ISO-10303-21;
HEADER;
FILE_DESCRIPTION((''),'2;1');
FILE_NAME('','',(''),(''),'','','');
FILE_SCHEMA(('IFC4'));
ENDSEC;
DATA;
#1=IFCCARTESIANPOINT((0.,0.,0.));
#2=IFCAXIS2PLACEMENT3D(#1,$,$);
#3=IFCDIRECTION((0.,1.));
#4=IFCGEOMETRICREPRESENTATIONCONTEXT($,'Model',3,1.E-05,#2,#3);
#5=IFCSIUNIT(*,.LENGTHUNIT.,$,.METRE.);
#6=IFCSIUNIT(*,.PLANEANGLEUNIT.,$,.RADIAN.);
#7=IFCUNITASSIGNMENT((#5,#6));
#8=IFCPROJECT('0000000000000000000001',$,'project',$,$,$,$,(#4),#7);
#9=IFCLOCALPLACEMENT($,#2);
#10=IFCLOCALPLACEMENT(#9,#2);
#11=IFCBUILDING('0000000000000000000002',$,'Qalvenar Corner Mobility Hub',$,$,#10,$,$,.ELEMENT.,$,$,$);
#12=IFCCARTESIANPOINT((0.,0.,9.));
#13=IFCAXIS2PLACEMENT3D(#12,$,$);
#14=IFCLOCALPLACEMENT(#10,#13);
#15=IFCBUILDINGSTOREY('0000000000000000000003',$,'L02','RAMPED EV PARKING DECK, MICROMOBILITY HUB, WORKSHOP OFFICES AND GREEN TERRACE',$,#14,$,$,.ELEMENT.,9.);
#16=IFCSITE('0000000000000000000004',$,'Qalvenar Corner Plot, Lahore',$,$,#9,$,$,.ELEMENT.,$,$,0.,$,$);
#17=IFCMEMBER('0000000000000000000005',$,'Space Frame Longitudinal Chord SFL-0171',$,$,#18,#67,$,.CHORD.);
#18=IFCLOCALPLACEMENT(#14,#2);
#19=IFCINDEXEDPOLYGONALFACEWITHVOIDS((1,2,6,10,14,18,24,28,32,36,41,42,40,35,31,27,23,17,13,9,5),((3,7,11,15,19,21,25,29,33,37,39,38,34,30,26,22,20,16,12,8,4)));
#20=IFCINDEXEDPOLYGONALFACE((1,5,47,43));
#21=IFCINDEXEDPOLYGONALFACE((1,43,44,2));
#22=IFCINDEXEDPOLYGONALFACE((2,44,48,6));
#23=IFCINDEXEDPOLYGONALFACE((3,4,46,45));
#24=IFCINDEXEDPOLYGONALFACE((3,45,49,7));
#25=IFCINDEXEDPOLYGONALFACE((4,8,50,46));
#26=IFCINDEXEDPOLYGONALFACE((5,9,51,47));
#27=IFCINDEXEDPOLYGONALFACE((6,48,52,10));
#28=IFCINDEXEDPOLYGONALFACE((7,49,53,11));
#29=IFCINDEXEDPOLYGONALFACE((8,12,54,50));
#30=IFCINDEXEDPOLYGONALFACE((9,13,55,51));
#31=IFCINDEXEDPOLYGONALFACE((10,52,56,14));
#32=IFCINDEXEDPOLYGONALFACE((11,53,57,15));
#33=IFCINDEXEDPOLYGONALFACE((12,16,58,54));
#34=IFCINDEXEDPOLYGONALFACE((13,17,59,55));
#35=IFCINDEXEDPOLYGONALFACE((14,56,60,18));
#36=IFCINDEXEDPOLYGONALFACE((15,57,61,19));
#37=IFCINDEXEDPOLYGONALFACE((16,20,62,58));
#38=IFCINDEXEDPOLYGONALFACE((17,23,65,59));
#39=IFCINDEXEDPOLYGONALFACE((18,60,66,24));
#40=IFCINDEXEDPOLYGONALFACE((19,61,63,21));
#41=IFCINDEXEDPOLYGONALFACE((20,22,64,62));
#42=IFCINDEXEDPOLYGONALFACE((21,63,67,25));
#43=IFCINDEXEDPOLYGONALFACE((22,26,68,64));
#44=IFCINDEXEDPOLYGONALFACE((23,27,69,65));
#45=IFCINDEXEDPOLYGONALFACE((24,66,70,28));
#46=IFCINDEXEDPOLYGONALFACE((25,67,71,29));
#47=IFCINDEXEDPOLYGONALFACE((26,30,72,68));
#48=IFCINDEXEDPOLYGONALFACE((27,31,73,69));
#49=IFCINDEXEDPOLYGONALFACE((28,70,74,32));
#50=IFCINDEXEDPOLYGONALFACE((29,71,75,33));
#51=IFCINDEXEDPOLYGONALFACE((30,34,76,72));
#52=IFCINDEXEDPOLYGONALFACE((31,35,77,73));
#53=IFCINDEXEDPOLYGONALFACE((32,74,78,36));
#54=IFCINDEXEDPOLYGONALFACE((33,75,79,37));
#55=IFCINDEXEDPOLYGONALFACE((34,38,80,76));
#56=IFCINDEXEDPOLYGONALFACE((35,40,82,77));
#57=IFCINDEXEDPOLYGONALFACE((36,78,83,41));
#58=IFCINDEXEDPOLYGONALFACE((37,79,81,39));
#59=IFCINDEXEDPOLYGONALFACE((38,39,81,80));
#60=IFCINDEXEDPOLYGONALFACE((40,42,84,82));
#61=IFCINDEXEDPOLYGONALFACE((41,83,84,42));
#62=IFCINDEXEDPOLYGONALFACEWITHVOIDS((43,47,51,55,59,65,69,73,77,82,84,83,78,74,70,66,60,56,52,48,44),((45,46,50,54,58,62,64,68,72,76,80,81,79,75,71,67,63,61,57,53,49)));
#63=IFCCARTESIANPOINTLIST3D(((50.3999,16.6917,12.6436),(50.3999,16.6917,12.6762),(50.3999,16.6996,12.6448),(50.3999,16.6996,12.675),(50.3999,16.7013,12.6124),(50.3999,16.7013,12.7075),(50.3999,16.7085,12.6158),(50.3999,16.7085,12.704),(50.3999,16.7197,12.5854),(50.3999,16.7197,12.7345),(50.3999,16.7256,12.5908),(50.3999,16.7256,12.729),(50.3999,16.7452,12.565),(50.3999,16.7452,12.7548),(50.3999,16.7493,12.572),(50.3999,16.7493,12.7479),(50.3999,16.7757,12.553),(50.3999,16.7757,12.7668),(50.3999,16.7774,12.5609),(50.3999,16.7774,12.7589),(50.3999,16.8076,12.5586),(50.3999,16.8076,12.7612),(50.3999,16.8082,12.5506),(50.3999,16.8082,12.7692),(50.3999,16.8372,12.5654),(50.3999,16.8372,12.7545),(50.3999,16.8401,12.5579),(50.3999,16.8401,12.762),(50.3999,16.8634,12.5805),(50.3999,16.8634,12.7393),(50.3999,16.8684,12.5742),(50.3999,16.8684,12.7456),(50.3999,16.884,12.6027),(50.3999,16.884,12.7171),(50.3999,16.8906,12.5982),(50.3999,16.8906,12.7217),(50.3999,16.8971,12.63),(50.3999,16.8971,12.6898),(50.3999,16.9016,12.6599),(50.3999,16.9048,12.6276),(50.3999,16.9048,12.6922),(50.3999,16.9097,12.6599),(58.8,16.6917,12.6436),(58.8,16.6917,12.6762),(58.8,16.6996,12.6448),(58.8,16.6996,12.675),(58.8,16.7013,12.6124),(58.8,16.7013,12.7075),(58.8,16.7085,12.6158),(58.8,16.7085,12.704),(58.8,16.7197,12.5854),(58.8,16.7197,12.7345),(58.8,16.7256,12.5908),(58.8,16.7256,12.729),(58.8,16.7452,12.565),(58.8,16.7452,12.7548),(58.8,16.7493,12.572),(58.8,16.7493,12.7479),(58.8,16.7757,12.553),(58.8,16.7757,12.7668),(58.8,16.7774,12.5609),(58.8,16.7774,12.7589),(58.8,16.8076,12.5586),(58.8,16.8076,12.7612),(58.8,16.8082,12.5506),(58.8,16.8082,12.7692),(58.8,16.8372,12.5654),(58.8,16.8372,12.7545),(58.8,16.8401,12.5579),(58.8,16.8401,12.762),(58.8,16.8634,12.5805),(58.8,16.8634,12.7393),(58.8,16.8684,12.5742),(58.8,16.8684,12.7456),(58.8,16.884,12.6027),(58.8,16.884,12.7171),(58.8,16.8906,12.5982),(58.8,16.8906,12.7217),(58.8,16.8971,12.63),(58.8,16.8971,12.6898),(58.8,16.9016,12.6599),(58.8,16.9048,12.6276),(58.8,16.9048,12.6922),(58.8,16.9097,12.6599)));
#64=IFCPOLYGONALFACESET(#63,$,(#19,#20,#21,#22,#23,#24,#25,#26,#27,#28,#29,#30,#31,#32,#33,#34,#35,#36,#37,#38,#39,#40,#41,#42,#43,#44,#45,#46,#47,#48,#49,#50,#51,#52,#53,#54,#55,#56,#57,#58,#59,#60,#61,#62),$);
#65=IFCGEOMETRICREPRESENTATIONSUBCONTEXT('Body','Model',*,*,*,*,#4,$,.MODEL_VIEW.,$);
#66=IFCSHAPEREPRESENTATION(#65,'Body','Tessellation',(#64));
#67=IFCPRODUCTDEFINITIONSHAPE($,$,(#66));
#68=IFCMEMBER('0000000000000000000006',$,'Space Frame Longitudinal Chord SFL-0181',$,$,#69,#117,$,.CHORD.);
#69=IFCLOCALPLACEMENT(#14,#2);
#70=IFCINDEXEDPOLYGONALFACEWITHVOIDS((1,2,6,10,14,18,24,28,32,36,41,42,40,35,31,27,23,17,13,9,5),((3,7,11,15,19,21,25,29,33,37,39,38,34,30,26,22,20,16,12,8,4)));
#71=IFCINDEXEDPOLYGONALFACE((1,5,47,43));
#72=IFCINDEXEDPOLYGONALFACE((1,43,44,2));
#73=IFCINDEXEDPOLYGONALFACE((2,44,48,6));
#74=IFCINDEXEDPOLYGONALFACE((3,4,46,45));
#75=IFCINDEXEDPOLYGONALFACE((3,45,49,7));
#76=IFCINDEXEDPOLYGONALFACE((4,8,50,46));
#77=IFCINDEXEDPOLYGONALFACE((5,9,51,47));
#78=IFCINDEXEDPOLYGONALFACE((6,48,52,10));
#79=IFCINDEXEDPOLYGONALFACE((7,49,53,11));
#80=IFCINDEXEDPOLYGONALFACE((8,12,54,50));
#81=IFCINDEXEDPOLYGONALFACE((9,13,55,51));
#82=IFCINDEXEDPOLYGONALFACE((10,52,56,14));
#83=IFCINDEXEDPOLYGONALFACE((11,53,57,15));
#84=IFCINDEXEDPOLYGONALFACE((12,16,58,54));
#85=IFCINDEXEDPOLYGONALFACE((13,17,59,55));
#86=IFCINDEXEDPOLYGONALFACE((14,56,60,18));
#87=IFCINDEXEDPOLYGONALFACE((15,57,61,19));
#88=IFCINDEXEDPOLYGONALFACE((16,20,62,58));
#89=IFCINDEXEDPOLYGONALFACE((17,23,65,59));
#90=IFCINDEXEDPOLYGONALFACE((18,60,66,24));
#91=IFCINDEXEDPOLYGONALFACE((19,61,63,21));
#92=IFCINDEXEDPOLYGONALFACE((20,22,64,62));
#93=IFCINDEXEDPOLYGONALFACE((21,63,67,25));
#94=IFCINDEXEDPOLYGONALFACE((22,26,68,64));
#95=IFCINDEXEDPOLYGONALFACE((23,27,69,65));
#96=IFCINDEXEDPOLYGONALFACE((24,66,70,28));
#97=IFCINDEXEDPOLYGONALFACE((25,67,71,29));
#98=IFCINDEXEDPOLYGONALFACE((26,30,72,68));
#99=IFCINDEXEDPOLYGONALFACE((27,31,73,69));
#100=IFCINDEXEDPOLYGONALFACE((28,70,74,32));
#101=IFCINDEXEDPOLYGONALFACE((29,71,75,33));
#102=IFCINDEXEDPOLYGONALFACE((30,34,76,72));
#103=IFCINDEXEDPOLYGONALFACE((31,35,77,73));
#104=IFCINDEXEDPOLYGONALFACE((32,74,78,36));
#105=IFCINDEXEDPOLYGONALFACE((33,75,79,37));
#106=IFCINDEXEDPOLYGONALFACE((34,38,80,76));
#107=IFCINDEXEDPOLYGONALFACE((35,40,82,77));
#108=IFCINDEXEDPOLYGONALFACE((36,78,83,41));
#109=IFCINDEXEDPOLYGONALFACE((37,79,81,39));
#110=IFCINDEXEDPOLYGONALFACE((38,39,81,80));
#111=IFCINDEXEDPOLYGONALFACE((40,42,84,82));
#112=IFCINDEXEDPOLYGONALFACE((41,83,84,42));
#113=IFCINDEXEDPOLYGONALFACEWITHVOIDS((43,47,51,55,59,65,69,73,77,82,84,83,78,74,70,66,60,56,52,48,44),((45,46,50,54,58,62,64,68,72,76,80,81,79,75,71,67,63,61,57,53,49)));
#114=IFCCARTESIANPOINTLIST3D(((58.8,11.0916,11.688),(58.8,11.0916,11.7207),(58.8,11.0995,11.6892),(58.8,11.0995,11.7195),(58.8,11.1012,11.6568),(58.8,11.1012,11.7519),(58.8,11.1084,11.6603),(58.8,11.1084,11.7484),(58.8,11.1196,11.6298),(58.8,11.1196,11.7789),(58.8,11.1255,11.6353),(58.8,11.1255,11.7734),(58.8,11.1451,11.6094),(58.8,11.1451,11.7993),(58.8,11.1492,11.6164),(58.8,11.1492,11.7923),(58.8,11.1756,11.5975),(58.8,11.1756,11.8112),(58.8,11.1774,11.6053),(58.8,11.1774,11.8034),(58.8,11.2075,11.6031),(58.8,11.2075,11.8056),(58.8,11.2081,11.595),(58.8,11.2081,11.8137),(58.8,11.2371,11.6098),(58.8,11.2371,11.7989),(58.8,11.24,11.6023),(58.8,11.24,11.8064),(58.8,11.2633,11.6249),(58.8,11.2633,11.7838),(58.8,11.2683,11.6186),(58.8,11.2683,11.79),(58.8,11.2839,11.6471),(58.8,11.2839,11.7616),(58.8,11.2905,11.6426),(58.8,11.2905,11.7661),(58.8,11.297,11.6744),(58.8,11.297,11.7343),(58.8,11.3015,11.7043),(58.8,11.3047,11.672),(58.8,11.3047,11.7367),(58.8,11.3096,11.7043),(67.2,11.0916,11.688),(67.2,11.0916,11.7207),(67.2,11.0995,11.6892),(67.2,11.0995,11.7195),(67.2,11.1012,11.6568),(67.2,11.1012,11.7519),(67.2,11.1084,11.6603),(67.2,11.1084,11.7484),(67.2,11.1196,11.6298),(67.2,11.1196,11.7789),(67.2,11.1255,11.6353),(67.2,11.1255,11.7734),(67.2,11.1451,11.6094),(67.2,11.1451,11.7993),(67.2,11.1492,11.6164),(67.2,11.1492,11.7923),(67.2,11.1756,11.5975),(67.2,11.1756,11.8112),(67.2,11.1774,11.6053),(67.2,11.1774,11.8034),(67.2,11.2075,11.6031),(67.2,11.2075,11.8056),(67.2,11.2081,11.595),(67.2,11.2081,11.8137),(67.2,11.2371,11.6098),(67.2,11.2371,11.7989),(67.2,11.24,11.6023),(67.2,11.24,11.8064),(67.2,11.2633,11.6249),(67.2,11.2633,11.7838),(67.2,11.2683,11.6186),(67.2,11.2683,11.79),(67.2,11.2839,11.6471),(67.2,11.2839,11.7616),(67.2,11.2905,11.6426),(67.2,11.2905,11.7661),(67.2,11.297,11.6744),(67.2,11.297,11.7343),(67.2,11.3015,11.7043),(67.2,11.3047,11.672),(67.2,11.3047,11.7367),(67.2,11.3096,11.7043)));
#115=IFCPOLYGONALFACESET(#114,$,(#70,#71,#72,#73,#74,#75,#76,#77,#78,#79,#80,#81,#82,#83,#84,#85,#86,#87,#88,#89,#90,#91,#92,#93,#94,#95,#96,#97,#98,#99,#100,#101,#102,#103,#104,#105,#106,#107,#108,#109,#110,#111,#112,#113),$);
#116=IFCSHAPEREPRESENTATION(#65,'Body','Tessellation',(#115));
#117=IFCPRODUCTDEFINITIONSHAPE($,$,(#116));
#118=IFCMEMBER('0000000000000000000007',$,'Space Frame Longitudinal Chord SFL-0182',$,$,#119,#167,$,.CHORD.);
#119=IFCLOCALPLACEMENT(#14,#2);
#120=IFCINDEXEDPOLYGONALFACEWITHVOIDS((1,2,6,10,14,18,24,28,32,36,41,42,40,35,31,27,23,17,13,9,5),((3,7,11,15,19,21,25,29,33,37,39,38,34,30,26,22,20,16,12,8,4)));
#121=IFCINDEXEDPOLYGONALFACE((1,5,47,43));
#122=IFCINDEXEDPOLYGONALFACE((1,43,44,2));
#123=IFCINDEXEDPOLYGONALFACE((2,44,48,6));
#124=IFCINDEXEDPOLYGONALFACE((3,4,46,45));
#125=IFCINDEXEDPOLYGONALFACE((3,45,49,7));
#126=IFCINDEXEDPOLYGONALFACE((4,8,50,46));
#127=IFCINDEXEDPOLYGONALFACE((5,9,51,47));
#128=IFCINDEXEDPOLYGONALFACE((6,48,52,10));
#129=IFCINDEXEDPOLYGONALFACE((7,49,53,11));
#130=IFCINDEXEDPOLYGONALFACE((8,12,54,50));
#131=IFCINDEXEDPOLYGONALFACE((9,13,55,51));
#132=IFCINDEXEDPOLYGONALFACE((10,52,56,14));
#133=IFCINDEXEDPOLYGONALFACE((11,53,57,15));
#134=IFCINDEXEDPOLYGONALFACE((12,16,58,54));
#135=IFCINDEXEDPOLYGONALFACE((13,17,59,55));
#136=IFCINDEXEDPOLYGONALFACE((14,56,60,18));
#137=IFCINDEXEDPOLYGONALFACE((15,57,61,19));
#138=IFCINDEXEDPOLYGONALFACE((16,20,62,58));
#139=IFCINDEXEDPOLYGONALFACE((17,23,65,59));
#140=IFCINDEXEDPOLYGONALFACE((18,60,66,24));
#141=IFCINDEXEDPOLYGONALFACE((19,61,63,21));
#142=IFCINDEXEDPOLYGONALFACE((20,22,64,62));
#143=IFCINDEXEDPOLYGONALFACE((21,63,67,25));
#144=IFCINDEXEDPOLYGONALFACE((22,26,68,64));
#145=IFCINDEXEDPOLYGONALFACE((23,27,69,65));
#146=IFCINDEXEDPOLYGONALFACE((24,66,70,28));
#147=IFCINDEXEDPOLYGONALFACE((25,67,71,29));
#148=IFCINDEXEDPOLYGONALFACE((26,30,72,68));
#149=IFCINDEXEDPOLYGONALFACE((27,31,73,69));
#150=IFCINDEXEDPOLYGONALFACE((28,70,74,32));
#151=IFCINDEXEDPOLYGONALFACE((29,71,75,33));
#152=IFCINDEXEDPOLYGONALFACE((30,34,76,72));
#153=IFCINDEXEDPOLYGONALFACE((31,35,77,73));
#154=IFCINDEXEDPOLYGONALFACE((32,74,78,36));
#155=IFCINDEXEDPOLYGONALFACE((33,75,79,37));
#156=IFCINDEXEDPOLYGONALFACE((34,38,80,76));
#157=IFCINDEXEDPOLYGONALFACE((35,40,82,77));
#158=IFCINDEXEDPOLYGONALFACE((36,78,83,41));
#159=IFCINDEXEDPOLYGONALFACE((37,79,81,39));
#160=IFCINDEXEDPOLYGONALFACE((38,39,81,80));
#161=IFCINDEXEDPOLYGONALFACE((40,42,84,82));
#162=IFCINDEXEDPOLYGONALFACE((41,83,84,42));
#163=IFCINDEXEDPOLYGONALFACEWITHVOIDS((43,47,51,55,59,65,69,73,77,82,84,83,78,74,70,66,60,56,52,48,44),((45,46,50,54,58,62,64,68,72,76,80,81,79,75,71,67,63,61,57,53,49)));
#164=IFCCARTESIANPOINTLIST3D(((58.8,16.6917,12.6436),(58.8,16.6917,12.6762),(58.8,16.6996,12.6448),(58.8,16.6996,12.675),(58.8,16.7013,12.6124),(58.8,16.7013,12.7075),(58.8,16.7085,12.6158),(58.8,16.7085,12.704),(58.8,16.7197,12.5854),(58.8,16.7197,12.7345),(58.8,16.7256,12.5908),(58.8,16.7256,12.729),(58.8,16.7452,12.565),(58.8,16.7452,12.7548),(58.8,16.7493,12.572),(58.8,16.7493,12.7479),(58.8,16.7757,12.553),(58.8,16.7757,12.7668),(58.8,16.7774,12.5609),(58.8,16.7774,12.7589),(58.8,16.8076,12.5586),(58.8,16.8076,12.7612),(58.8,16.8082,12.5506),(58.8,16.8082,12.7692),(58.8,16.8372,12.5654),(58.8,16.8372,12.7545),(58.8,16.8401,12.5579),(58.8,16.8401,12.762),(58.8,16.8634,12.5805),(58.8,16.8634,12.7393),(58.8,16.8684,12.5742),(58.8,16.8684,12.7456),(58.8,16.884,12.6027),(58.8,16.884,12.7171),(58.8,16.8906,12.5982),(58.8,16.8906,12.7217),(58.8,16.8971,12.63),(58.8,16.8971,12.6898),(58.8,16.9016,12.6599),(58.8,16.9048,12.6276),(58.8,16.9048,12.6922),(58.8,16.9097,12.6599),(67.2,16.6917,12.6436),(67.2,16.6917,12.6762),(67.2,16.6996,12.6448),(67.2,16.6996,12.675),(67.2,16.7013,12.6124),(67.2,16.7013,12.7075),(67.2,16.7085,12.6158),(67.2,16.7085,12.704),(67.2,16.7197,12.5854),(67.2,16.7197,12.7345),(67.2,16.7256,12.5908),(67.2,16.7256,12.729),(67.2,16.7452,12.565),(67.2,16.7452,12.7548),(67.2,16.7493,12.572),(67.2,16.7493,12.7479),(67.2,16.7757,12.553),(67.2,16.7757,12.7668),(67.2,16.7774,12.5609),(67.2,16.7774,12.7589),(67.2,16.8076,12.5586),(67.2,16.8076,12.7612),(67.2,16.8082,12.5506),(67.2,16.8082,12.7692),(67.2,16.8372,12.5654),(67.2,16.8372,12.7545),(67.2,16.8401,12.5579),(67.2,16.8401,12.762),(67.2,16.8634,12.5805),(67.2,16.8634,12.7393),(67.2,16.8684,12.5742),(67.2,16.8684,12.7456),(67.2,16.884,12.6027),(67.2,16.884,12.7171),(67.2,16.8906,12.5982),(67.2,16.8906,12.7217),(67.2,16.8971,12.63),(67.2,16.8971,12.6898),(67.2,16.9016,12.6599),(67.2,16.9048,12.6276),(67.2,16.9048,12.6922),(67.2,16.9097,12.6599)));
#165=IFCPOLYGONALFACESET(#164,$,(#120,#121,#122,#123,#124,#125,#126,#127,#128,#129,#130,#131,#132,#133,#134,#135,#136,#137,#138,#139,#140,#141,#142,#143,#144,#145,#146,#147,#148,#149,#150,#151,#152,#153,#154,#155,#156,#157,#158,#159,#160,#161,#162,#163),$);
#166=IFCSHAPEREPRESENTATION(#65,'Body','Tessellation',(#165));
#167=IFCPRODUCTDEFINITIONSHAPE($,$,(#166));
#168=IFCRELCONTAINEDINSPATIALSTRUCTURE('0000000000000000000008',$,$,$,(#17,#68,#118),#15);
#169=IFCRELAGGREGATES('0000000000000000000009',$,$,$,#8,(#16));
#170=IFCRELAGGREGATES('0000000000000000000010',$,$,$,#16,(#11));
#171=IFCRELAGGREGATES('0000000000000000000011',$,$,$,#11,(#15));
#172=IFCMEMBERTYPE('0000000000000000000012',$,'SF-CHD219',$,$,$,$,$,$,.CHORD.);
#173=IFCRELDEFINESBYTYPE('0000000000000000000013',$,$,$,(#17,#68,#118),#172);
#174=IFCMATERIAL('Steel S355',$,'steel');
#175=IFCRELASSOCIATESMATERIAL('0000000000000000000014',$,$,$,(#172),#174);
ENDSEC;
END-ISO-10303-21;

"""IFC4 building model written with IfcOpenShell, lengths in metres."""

from ifc_helpers import new_model, si_unit, direction, frame, origin, origin_2d, place, context, subcontext, project, spatial, hollow_circle, extrude, material, material_profile, profile_set, type_object, element, save


model = new_model("IFC4")

# Units and contexts
model_context = context("Model", 3, precision=1e-05, world=origin(), true_north=direction((0.0, 1.0)))
body_context = subcontext(model_context, "Body", "Model", "MODEL_VIEW")
ifc_project = project(units=[si_unit("LENGTHUNIT", "METRE"), si_unit("PLANEANGLEUNIT", "RADIAN")], contexts=[model_context])

# Site, building, storey
site_placement = place(None, origin())
site = spatial("IfcSite", under=ifc_project, at=site_placement, Name="Qalvenar Corner Plot, Lahore", CompositionType="ELEMENT", RefElevation=0.0)
building_placement = place(site_placement, origin())
building = spatial("IfcBuilding", under=site, at=building_placement, Name="Qalvenar Corner Mobility Hub", CompositionType="ELEMENT")
storey_placement = place(building_placement, frame((0.0, 0.0, 9.0)))
storey = spatial("IfcBuildingStorey", under=building, at=storey_placement, Name="L02", Description="RAMPED EV PARKING DECK, MICROMOBILITY HUB, WORKSHOP OFFICES AND GREEN TERRACE", CompositionType="ELEMENT", Elevation=9.0)

# Members
ifc_material_1 = material(Name="Steel S355", Category="steel")
ifc_material_profile_1 = material_profile(ifc_material_1, hollow_circle(Radius=0.1096, WallThickness=0.0081, at=origin_2d()), Name="CHS219.1x8")
ifc_profile_set_1 = profile_set([ifc_material_profile_1], Name="Steel S355")
member_type_1 = type_object("IfcMemberType", Name="SF-CHD219", PredefinedType="CHORD", material=ifc_profile_set_1)
member_1_placement = place(storey_placement, frame((50.3999, 16.8, 12.6599), z_axis=(1.0, 0.0, 0.0), x_axis=(0.0, 1.0, 0.0)))
element("IfcMember", 1, at=member_1_placement, inside=storey, type_object=member_type_1, Name="Space Frame Longitudinal Chord SFL-0171", PredefinedType="CHORD", context=body_context, shape_type="SweptSolid", body=[
    extrude(hollow_circle(Radius=0.1096, WallThickness=0.0081, at=origin_2d()), origin(), (0.0, 0.0, 1.0), 8.4001),
])
for number, where, z_axis, x_axis, name in (
    (2, (58.8, 11.2, 11.7043), (1.0, 0.0, 0.0), (0.0, 1.0, 0.0), "Space Frame Longitudinal Chord SFL-0181"),
    (3, (58.8, 16.8, 12.6599), (1.0, 0.0, 0.0), (0.0, 1.0, 0.0), "Space Frame Longitudinal Chord SFL-0182"),
):
    element("IfcMember", number, at=place(storey_placement, frame(where, z_axis=z_axis, x_axis=x_axis)), inside=storey, type_object=member_type_1, Name=name, PredefinedType="CHORD", context=body_context, shape_type="SweptSolid", body=[
        extrude(hollow_circle(Radius=0.1096, WallThickness=0.0081, at=origin_2d()), origin(), (0.0, 0.0, 1.0), 8.3999),
    ])

save(model, "model.ifc")
